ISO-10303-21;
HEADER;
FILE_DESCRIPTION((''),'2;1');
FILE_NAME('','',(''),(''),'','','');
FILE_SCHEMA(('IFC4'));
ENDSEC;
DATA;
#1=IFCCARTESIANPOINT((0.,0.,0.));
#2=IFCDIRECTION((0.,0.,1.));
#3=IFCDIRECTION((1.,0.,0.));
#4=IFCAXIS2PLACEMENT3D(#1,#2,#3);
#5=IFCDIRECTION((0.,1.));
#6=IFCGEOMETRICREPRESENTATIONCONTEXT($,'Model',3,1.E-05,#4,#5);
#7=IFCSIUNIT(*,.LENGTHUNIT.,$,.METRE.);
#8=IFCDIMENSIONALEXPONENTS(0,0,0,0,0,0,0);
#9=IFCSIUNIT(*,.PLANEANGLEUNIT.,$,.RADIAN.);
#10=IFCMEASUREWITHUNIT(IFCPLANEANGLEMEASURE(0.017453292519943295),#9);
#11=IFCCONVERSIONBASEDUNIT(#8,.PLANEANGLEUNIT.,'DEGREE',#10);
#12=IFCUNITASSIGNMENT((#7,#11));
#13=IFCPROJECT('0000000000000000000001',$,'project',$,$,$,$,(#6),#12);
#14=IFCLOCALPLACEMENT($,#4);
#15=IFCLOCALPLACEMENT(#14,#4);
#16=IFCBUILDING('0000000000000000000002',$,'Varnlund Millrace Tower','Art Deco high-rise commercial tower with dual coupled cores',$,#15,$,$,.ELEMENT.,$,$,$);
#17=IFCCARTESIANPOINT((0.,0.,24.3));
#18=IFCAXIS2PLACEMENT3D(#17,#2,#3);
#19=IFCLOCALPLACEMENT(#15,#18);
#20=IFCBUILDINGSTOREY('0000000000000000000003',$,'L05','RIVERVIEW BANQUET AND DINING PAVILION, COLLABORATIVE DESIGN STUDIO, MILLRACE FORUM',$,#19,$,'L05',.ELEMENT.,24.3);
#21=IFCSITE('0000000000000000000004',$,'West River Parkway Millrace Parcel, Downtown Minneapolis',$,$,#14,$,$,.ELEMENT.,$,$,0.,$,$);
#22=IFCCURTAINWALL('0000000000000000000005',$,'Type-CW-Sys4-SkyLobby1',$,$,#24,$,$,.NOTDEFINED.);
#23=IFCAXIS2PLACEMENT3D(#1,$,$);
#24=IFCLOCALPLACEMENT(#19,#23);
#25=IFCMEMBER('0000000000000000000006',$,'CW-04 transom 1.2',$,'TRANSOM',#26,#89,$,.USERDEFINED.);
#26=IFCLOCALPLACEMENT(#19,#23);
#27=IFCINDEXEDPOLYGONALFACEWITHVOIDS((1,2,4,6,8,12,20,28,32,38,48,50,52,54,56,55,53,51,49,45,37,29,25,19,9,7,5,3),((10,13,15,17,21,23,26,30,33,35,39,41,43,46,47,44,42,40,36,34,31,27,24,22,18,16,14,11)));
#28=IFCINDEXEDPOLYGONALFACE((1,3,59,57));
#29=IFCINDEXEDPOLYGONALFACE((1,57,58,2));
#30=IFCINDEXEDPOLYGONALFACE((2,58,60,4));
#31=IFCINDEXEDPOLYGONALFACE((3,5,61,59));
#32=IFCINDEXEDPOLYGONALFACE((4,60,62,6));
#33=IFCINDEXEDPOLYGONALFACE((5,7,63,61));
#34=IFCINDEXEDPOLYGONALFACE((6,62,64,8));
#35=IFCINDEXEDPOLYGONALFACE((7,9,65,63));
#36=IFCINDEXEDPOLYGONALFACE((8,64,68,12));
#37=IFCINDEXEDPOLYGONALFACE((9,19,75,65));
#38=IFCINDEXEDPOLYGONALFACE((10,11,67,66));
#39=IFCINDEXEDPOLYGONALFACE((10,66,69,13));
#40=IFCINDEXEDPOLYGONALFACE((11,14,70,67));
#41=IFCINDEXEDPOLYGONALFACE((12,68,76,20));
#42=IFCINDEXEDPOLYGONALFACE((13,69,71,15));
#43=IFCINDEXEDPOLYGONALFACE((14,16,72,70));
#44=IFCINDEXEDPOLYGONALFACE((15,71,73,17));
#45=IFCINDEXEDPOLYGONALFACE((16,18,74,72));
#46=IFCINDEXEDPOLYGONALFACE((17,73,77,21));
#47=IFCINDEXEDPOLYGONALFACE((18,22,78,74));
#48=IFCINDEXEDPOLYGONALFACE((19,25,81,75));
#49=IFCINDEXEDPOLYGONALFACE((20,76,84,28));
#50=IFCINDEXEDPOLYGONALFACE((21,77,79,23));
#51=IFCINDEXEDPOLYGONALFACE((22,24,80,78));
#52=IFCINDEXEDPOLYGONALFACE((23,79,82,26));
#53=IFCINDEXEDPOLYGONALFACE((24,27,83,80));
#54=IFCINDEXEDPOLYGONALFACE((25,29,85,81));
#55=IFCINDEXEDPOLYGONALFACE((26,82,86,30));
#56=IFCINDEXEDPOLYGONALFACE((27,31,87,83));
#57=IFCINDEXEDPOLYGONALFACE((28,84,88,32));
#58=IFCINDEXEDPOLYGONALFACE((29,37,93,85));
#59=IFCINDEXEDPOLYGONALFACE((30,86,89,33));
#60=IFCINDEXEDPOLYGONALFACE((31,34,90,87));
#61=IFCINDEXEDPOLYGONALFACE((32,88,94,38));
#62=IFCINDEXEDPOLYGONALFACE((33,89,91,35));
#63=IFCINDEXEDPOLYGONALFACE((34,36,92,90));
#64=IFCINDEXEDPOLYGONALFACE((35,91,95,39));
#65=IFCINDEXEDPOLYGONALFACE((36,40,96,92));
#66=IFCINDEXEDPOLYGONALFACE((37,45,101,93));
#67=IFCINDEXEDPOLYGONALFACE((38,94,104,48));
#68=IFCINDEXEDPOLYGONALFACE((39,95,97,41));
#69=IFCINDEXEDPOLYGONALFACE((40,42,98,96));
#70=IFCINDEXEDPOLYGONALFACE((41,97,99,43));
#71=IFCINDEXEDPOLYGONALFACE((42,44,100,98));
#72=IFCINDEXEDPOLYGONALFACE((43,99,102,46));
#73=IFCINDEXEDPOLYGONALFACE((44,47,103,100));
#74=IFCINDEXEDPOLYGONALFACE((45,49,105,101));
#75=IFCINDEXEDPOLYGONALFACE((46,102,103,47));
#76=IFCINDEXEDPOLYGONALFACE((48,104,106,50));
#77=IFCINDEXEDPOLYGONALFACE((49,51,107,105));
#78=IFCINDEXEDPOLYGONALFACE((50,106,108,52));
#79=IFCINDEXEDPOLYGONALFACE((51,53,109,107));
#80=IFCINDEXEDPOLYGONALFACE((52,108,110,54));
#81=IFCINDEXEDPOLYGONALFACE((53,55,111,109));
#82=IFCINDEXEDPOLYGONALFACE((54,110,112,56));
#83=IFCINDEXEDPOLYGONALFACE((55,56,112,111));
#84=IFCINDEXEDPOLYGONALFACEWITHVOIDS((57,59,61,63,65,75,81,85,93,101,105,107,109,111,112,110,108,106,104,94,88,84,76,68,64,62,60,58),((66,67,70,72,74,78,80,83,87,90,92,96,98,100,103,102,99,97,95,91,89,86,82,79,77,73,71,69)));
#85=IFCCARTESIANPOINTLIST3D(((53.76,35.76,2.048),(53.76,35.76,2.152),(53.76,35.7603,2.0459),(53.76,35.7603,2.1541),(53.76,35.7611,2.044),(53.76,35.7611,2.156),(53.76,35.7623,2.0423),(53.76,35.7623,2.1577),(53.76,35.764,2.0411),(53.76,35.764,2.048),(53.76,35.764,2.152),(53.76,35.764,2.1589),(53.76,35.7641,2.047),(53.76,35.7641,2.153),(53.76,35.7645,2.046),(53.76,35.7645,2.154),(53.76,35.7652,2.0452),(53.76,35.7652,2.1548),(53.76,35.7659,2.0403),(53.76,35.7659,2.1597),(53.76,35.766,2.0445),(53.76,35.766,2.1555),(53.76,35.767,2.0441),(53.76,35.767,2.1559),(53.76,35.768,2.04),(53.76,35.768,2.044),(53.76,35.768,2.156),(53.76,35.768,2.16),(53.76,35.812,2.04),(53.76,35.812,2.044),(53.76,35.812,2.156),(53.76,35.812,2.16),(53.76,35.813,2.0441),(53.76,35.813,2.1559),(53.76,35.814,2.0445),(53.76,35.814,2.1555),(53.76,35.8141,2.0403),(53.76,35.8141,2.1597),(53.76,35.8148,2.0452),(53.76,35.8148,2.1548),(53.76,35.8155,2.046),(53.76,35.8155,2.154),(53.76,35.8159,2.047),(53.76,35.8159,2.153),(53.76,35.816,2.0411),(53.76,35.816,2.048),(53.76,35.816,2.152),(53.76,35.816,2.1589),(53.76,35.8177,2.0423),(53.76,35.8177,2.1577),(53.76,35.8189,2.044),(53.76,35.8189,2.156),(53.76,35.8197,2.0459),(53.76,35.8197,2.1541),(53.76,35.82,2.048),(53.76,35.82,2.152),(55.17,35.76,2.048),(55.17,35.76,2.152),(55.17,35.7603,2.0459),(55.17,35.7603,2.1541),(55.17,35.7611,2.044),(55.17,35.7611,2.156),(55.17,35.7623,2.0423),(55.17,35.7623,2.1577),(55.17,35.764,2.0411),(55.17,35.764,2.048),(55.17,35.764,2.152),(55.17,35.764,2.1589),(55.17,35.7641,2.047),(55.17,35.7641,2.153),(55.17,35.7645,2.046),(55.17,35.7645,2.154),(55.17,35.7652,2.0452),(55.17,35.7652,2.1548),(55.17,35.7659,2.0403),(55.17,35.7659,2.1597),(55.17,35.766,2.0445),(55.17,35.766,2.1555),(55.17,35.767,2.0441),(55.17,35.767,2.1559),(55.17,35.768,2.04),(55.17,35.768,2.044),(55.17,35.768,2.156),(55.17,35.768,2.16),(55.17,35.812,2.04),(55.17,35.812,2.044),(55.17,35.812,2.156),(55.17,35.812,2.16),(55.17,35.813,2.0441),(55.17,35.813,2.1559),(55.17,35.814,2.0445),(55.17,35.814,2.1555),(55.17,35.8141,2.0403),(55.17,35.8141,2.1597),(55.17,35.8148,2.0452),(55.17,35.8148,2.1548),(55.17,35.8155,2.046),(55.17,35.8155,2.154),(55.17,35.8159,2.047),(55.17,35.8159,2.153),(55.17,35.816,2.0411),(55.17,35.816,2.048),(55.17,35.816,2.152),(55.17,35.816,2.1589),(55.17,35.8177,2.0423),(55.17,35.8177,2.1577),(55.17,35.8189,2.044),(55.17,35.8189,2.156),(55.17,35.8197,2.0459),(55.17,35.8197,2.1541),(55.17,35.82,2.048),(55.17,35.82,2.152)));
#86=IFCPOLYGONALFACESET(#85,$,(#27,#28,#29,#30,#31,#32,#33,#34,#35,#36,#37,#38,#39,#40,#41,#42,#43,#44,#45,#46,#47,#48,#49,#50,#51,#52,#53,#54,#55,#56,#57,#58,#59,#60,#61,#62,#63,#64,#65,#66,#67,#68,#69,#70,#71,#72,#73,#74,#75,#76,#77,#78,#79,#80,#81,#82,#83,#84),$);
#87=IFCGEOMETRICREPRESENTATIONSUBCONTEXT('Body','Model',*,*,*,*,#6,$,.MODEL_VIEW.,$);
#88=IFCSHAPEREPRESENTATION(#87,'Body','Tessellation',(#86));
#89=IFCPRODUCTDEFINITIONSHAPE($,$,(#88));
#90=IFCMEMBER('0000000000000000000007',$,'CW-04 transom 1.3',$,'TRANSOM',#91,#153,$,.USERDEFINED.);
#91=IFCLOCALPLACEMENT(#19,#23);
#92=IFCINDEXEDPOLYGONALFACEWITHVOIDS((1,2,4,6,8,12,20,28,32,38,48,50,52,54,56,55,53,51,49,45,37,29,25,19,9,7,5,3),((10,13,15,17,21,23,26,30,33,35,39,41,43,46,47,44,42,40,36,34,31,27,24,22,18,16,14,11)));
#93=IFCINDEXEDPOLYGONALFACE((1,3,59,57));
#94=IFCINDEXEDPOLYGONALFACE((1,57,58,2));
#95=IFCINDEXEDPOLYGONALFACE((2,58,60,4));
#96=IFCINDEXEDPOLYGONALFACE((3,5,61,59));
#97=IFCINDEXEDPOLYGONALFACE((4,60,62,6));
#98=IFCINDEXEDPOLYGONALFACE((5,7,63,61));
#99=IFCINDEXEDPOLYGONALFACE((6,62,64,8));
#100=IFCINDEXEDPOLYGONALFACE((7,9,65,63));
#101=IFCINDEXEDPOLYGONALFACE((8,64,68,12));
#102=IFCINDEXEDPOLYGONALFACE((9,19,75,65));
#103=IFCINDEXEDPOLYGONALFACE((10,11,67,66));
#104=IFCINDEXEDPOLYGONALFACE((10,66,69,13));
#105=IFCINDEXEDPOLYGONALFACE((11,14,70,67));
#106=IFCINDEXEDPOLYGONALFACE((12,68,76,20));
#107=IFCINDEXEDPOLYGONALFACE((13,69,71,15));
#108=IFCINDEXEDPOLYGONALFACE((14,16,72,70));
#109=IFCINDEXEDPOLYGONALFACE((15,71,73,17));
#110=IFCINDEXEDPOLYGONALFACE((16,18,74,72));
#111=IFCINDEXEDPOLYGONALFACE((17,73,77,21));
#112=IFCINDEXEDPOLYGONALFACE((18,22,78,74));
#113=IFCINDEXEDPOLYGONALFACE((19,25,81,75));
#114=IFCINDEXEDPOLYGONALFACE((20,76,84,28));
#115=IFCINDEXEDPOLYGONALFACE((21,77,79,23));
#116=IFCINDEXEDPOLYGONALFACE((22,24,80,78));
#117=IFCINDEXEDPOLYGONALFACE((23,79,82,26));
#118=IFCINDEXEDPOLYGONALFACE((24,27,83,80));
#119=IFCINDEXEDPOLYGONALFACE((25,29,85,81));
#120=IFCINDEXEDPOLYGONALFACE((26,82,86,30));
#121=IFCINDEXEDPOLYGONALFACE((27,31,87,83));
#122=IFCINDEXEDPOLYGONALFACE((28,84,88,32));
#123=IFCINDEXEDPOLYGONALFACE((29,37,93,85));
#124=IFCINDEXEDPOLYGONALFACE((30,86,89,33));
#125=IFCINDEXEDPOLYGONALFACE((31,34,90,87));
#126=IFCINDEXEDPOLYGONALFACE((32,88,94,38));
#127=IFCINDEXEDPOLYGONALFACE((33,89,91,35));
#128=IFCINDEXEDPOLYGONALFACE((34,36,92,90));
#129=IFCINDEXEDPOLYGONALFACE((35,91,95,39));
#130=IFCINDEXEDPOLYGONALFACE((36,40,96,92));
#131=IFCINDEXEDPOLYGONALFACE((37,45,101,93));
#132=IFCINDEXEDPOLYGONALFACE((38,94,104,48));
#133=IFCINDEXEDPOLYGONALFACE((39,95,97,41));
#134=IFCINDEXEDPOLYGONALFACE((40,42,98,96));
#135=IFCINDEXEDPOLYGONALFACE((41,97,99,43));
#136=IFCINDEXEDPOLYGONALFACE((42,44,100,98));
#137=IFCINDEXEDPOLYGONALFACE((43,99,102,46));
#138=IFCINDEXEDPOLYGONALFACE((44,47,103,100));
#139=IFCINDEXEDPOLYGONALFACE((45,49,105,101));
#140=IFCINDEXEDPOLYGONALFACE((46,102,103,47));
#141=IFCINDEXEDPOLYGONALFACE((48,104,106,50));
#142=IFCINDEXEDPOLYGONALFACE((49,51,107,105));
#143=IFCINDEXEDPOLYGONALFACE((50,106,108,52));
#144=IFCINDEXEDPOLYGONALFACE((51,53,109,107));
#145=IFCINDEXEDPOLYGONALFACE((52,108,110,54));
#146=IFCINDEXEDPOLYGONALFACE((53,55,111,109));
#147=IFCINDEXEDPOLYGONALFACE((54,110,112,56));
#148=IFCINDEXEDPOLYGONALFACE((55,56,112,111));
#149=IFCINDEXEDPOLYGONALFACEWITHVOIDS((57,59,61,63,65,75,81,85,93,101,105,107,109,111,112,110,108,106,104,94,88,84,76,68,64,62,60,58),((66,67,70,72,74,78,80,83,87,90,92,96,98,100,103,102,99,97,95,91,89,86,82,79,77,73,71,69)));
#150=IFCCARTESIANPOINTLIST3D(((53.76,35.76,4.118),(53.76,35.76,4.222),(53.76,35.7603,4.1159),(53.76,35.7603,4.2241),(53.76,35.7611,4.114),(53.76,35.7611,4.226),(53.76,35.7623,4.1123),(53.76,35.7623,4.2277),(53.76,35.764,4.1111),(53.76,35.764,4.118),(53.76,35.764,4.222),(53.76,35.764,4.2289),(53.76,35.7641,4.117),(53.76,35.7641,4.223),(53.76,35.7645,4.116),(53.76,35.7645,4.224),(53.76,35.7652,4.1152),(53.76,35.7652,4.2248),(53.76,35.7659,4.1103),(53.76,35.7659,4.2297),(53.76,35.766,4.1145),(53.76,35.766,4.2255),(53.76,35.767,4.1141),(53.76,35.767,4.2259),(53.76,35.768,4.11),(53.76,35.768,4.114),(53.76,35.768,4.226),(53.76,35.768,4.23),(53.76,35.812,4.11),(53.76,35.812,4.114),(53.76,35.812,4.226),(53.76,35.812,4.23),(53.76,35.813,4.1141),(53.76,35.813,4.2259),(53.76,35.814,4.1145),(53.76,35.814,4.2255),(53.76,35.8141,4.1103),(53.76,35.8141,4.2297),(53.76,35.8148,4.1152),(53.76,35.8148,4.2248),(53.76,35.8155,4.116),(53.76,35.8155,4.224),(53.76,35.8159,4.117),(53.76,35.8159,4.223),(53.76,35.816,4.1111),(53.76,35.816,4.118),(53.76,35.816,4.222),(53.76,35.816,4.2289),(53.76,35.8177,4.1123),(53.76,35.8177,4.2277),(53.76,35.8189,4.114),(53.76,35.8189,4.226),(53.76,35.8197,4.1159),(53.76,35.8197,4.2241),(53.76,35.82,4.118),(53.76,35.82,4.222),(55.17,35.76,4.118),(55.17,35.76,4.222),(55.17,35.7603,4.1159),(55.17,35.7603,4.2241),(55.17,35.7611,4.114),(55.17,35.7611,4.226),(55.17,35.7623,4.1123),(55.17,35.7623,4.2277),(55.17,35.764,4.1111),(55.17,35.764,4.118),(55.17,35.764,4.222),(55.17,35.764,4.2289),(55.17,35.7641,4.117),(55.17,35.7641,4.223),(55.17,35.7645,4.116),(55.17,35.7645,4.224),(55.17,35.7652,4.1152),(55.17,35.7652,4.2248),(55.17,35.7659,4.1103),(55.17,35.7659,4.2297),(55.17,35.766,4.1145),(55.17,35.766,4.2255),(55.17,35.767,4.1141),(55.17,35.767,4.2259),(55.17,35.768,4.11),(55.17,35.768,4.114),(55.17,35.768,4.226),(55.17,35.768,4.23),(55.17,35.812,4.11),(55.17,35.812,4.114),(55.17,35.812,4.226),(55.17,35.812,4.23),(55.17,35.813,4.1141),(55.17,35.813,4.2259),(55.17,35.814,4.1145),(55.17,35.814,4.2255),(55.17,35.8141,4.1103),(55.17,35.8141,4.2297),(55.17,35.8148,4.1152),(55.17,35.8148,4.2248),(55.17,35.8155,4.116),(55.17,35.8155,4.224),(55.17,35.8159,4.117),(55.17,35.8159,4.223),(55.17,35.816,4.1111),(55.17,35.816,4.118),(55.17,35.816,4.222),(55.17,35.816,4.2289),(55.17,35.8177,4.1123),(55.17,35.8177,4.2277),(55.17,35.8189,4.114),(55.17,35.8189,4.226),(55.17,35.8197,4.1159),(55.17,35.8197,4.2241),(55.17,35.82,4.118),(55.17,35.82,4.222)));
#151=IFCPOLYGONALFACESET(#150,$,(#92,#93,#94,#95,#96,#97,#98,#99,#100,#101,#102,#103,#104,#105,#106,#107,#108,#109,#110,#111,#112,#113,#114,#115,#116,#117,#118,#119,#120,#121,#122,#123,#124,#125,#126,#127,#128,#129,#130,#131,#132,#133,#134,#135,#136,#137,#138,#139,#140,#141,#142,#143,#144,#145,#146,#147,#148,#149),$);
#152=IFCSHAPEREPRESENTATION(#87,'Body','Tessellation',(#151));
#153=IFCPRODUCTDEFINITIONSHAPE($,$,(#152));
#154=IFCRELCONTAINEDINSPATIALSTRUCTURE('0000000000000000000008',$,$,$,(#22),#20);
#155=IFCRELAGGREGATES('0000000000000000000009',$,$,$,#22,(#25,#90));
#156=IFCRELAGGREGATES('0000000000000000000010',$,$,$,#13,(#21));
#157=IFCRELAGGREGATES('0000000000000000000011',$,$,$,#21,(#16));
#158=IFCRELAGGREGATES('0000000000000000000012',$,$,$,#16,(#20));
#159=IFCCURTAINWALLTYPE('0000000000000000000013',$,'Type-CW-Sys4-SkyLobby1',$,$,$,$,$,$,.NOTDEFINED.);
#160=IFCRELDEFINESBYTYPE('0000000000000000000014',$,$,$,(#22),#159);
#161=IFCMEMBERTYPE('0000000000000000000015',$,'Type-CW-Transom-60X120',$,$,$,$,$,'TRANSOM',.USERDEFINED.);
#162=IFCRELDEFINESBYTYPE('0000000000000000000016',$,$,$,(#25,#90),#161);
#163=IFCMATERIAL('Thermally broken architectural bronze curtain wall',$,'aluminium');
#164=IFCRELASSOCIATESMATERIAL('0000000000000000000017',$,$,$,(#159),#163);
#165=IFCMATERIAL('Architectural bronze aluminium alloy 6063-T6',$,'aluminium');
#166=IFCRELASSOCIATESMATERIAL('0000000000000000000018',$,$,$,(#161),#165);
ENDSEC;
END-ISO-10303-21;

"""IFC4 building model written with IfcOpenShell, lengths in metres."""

from ifc_helpers import new_model, entity, si_unit, converted_unit, direction, frame, origin_with_axes, origin_2d_with_axis, place, context, subcontext, project, spatial, hollow_rectangle, extrude, material, material_profile, profile_set, type_object, element, aggregate, save


model = new_model("IFC4")

# Units and contexts
model_context = context("Model", 3, precision=1e-05, world=origin_with_axes(), true_north=direction((0.0, 1.0)))
body_context = subcontext(model_context, "Body", "Model", "MODEL_VIEW")
ifc_project = project(units=[si_unit("LENGTHUNIT", "METRE"), converted_unit("PLANEANGLEUNIT", "DEGREE", entity("IfcPlaneAngleMeasure", 0.017453292519943295), si_unit("PLANEANGLEUNIT", "RADIAN"), dimensions=[0, 0, 0, 0, 0, 0, 0])], contexts=[model_context])

# Site, building, storey
site_placement = place(None, origin_with_axes())
site = spatial("IfcSite", under=ifc_project, at=site_placement, Name="West River Parkway Millrace Parcel, Downtown Minneapolis", CompositionType="ELEMENT", RefElevation=0.0)
building_placement = place(site_placement, origin_with_axes())
building = spatial("IfcBuilding", under=site, at=building_placement, Name="Varnlund Millrace Tower", Description="Art Deco high-rise commercial tower with dual coupled cores", CompositionType="ELEMENT")
storey_placement = place(building_placement, frame((0.0, 0.0, 24.3), z_axis=(0.0, 0.0, 1.0), x_axis=(1.0, 0.0, 0.0)))
storey = spatial("IfcBuildingStorey", under=building, at=storey_placement, Name="L05", Description="RIVERVIEW BANQUET AND DINING PAVILION, COLLABORATIVE DESIGN STUDIO, MILLRACE FORUM", LongName="L05", CompositionType="ELEMENT", Elevation=24.3)

# Curtain wall, members
ifc_material_1 = material(Name="Thermally broken architectural bronze curtain wall", Category="aluminium")
curtain_wall_type = type_object("IfcCurtainWallType", Name="Type-CW-Sys4-SkyLobby1", PredefinedType="NOTDEFINED", material=ifc_material_1)
curtain_wall_placement = place(storey_placement, frame((53.7, 35.79, 0.0), z_axis=(0.0, 0.0, 1.0), x_axis=(1.0, 0.0, 0.0)))
curtain_wall = element("IfcCurtainWall", 1, at=curtain_wall_placement, inside=storey, type_object=curtain_wall_type, Name="Type-CW-Sys4-SkyLobby1", PredefinedType="NOTDEFINED")
ifc_material_2 = material(Name="Architectural bronze aluminium alloy 6063-T6", Category="aluminium")
ifc_material_profile_1 = material_profile(ifc_material_2, hollow_rectangle(XDim=0.06, YDim=0.12, WallThickness=0.004, InnerFilletRadius=0.004, OuterFilletRadius=0.008, at=origin_2d_with_axis()), Name="Architectural bronze aluminium alloy 6063-T6")
ifc_profile_set_1 = profile_set([ifc_material_profile_1], Name="Architectural bronze aluminium alloy 6063-T6")
member_type_1 = type_object("IfcMemberType", Name="Type-CW-Transom-60X120", ElementType="TRANSOM", PredefinedType="USERDEFINED", material=ifc_profile_set_1)
member_1_placement = place(storey_placement, frame((53.76, 35.79, 2.1), z_axis=(1.0, 0.0, 0.0), x_axis=(0.0, 1.0, 0.0)))
member_1 = element("IfcMember", 2, at=member_1_placement, type_object=member_type_1, Name="CW-04 transom 1.2", ObjectType="TRANSOM", PredefinedType="USERDEFINED", context=body_context, shape_type="SweptSolid", body=[
    extrude(hollow_rectangle(XDim=0.06, YDim=0.12, WallThickness=0.004, InnerFilletRadius=0.004, OuterFilletRadius=0.008, at=origin_2d_with_axis()), origin_with_axes(), (0.0, 0.0, 1.0), 1.41),
])
member_2_placement = place(storey_placement, frame((53.76, 35.79, 4.17), z_axis=(1.0, 0.0, 0.0), x_axis=(0.0, 1.0, 0.0)))
member_2 = element("IfcMember", 3, at=member_2_placement, type_object=member_type_1, Name="CW-04 transom 1.3", ObjectType="TRANSOM", PredefinedType="USERDEFINED", context=body_context, shape_type="SweptSolid", body=[
    extrude(hollow_rectangle(XDim=0.06, YDim=0.12, WallThickness=0.004, InnerFilletRadius=0.004, OuterFilletRadius=0.008, at=origin_2d_with_axis()), origin_with_axes(), (0.0, 0.0, 1.0), 1.41),
])

aggregate(curtain_wall, [member_1, member_2])

save(model, "model.ifc")
